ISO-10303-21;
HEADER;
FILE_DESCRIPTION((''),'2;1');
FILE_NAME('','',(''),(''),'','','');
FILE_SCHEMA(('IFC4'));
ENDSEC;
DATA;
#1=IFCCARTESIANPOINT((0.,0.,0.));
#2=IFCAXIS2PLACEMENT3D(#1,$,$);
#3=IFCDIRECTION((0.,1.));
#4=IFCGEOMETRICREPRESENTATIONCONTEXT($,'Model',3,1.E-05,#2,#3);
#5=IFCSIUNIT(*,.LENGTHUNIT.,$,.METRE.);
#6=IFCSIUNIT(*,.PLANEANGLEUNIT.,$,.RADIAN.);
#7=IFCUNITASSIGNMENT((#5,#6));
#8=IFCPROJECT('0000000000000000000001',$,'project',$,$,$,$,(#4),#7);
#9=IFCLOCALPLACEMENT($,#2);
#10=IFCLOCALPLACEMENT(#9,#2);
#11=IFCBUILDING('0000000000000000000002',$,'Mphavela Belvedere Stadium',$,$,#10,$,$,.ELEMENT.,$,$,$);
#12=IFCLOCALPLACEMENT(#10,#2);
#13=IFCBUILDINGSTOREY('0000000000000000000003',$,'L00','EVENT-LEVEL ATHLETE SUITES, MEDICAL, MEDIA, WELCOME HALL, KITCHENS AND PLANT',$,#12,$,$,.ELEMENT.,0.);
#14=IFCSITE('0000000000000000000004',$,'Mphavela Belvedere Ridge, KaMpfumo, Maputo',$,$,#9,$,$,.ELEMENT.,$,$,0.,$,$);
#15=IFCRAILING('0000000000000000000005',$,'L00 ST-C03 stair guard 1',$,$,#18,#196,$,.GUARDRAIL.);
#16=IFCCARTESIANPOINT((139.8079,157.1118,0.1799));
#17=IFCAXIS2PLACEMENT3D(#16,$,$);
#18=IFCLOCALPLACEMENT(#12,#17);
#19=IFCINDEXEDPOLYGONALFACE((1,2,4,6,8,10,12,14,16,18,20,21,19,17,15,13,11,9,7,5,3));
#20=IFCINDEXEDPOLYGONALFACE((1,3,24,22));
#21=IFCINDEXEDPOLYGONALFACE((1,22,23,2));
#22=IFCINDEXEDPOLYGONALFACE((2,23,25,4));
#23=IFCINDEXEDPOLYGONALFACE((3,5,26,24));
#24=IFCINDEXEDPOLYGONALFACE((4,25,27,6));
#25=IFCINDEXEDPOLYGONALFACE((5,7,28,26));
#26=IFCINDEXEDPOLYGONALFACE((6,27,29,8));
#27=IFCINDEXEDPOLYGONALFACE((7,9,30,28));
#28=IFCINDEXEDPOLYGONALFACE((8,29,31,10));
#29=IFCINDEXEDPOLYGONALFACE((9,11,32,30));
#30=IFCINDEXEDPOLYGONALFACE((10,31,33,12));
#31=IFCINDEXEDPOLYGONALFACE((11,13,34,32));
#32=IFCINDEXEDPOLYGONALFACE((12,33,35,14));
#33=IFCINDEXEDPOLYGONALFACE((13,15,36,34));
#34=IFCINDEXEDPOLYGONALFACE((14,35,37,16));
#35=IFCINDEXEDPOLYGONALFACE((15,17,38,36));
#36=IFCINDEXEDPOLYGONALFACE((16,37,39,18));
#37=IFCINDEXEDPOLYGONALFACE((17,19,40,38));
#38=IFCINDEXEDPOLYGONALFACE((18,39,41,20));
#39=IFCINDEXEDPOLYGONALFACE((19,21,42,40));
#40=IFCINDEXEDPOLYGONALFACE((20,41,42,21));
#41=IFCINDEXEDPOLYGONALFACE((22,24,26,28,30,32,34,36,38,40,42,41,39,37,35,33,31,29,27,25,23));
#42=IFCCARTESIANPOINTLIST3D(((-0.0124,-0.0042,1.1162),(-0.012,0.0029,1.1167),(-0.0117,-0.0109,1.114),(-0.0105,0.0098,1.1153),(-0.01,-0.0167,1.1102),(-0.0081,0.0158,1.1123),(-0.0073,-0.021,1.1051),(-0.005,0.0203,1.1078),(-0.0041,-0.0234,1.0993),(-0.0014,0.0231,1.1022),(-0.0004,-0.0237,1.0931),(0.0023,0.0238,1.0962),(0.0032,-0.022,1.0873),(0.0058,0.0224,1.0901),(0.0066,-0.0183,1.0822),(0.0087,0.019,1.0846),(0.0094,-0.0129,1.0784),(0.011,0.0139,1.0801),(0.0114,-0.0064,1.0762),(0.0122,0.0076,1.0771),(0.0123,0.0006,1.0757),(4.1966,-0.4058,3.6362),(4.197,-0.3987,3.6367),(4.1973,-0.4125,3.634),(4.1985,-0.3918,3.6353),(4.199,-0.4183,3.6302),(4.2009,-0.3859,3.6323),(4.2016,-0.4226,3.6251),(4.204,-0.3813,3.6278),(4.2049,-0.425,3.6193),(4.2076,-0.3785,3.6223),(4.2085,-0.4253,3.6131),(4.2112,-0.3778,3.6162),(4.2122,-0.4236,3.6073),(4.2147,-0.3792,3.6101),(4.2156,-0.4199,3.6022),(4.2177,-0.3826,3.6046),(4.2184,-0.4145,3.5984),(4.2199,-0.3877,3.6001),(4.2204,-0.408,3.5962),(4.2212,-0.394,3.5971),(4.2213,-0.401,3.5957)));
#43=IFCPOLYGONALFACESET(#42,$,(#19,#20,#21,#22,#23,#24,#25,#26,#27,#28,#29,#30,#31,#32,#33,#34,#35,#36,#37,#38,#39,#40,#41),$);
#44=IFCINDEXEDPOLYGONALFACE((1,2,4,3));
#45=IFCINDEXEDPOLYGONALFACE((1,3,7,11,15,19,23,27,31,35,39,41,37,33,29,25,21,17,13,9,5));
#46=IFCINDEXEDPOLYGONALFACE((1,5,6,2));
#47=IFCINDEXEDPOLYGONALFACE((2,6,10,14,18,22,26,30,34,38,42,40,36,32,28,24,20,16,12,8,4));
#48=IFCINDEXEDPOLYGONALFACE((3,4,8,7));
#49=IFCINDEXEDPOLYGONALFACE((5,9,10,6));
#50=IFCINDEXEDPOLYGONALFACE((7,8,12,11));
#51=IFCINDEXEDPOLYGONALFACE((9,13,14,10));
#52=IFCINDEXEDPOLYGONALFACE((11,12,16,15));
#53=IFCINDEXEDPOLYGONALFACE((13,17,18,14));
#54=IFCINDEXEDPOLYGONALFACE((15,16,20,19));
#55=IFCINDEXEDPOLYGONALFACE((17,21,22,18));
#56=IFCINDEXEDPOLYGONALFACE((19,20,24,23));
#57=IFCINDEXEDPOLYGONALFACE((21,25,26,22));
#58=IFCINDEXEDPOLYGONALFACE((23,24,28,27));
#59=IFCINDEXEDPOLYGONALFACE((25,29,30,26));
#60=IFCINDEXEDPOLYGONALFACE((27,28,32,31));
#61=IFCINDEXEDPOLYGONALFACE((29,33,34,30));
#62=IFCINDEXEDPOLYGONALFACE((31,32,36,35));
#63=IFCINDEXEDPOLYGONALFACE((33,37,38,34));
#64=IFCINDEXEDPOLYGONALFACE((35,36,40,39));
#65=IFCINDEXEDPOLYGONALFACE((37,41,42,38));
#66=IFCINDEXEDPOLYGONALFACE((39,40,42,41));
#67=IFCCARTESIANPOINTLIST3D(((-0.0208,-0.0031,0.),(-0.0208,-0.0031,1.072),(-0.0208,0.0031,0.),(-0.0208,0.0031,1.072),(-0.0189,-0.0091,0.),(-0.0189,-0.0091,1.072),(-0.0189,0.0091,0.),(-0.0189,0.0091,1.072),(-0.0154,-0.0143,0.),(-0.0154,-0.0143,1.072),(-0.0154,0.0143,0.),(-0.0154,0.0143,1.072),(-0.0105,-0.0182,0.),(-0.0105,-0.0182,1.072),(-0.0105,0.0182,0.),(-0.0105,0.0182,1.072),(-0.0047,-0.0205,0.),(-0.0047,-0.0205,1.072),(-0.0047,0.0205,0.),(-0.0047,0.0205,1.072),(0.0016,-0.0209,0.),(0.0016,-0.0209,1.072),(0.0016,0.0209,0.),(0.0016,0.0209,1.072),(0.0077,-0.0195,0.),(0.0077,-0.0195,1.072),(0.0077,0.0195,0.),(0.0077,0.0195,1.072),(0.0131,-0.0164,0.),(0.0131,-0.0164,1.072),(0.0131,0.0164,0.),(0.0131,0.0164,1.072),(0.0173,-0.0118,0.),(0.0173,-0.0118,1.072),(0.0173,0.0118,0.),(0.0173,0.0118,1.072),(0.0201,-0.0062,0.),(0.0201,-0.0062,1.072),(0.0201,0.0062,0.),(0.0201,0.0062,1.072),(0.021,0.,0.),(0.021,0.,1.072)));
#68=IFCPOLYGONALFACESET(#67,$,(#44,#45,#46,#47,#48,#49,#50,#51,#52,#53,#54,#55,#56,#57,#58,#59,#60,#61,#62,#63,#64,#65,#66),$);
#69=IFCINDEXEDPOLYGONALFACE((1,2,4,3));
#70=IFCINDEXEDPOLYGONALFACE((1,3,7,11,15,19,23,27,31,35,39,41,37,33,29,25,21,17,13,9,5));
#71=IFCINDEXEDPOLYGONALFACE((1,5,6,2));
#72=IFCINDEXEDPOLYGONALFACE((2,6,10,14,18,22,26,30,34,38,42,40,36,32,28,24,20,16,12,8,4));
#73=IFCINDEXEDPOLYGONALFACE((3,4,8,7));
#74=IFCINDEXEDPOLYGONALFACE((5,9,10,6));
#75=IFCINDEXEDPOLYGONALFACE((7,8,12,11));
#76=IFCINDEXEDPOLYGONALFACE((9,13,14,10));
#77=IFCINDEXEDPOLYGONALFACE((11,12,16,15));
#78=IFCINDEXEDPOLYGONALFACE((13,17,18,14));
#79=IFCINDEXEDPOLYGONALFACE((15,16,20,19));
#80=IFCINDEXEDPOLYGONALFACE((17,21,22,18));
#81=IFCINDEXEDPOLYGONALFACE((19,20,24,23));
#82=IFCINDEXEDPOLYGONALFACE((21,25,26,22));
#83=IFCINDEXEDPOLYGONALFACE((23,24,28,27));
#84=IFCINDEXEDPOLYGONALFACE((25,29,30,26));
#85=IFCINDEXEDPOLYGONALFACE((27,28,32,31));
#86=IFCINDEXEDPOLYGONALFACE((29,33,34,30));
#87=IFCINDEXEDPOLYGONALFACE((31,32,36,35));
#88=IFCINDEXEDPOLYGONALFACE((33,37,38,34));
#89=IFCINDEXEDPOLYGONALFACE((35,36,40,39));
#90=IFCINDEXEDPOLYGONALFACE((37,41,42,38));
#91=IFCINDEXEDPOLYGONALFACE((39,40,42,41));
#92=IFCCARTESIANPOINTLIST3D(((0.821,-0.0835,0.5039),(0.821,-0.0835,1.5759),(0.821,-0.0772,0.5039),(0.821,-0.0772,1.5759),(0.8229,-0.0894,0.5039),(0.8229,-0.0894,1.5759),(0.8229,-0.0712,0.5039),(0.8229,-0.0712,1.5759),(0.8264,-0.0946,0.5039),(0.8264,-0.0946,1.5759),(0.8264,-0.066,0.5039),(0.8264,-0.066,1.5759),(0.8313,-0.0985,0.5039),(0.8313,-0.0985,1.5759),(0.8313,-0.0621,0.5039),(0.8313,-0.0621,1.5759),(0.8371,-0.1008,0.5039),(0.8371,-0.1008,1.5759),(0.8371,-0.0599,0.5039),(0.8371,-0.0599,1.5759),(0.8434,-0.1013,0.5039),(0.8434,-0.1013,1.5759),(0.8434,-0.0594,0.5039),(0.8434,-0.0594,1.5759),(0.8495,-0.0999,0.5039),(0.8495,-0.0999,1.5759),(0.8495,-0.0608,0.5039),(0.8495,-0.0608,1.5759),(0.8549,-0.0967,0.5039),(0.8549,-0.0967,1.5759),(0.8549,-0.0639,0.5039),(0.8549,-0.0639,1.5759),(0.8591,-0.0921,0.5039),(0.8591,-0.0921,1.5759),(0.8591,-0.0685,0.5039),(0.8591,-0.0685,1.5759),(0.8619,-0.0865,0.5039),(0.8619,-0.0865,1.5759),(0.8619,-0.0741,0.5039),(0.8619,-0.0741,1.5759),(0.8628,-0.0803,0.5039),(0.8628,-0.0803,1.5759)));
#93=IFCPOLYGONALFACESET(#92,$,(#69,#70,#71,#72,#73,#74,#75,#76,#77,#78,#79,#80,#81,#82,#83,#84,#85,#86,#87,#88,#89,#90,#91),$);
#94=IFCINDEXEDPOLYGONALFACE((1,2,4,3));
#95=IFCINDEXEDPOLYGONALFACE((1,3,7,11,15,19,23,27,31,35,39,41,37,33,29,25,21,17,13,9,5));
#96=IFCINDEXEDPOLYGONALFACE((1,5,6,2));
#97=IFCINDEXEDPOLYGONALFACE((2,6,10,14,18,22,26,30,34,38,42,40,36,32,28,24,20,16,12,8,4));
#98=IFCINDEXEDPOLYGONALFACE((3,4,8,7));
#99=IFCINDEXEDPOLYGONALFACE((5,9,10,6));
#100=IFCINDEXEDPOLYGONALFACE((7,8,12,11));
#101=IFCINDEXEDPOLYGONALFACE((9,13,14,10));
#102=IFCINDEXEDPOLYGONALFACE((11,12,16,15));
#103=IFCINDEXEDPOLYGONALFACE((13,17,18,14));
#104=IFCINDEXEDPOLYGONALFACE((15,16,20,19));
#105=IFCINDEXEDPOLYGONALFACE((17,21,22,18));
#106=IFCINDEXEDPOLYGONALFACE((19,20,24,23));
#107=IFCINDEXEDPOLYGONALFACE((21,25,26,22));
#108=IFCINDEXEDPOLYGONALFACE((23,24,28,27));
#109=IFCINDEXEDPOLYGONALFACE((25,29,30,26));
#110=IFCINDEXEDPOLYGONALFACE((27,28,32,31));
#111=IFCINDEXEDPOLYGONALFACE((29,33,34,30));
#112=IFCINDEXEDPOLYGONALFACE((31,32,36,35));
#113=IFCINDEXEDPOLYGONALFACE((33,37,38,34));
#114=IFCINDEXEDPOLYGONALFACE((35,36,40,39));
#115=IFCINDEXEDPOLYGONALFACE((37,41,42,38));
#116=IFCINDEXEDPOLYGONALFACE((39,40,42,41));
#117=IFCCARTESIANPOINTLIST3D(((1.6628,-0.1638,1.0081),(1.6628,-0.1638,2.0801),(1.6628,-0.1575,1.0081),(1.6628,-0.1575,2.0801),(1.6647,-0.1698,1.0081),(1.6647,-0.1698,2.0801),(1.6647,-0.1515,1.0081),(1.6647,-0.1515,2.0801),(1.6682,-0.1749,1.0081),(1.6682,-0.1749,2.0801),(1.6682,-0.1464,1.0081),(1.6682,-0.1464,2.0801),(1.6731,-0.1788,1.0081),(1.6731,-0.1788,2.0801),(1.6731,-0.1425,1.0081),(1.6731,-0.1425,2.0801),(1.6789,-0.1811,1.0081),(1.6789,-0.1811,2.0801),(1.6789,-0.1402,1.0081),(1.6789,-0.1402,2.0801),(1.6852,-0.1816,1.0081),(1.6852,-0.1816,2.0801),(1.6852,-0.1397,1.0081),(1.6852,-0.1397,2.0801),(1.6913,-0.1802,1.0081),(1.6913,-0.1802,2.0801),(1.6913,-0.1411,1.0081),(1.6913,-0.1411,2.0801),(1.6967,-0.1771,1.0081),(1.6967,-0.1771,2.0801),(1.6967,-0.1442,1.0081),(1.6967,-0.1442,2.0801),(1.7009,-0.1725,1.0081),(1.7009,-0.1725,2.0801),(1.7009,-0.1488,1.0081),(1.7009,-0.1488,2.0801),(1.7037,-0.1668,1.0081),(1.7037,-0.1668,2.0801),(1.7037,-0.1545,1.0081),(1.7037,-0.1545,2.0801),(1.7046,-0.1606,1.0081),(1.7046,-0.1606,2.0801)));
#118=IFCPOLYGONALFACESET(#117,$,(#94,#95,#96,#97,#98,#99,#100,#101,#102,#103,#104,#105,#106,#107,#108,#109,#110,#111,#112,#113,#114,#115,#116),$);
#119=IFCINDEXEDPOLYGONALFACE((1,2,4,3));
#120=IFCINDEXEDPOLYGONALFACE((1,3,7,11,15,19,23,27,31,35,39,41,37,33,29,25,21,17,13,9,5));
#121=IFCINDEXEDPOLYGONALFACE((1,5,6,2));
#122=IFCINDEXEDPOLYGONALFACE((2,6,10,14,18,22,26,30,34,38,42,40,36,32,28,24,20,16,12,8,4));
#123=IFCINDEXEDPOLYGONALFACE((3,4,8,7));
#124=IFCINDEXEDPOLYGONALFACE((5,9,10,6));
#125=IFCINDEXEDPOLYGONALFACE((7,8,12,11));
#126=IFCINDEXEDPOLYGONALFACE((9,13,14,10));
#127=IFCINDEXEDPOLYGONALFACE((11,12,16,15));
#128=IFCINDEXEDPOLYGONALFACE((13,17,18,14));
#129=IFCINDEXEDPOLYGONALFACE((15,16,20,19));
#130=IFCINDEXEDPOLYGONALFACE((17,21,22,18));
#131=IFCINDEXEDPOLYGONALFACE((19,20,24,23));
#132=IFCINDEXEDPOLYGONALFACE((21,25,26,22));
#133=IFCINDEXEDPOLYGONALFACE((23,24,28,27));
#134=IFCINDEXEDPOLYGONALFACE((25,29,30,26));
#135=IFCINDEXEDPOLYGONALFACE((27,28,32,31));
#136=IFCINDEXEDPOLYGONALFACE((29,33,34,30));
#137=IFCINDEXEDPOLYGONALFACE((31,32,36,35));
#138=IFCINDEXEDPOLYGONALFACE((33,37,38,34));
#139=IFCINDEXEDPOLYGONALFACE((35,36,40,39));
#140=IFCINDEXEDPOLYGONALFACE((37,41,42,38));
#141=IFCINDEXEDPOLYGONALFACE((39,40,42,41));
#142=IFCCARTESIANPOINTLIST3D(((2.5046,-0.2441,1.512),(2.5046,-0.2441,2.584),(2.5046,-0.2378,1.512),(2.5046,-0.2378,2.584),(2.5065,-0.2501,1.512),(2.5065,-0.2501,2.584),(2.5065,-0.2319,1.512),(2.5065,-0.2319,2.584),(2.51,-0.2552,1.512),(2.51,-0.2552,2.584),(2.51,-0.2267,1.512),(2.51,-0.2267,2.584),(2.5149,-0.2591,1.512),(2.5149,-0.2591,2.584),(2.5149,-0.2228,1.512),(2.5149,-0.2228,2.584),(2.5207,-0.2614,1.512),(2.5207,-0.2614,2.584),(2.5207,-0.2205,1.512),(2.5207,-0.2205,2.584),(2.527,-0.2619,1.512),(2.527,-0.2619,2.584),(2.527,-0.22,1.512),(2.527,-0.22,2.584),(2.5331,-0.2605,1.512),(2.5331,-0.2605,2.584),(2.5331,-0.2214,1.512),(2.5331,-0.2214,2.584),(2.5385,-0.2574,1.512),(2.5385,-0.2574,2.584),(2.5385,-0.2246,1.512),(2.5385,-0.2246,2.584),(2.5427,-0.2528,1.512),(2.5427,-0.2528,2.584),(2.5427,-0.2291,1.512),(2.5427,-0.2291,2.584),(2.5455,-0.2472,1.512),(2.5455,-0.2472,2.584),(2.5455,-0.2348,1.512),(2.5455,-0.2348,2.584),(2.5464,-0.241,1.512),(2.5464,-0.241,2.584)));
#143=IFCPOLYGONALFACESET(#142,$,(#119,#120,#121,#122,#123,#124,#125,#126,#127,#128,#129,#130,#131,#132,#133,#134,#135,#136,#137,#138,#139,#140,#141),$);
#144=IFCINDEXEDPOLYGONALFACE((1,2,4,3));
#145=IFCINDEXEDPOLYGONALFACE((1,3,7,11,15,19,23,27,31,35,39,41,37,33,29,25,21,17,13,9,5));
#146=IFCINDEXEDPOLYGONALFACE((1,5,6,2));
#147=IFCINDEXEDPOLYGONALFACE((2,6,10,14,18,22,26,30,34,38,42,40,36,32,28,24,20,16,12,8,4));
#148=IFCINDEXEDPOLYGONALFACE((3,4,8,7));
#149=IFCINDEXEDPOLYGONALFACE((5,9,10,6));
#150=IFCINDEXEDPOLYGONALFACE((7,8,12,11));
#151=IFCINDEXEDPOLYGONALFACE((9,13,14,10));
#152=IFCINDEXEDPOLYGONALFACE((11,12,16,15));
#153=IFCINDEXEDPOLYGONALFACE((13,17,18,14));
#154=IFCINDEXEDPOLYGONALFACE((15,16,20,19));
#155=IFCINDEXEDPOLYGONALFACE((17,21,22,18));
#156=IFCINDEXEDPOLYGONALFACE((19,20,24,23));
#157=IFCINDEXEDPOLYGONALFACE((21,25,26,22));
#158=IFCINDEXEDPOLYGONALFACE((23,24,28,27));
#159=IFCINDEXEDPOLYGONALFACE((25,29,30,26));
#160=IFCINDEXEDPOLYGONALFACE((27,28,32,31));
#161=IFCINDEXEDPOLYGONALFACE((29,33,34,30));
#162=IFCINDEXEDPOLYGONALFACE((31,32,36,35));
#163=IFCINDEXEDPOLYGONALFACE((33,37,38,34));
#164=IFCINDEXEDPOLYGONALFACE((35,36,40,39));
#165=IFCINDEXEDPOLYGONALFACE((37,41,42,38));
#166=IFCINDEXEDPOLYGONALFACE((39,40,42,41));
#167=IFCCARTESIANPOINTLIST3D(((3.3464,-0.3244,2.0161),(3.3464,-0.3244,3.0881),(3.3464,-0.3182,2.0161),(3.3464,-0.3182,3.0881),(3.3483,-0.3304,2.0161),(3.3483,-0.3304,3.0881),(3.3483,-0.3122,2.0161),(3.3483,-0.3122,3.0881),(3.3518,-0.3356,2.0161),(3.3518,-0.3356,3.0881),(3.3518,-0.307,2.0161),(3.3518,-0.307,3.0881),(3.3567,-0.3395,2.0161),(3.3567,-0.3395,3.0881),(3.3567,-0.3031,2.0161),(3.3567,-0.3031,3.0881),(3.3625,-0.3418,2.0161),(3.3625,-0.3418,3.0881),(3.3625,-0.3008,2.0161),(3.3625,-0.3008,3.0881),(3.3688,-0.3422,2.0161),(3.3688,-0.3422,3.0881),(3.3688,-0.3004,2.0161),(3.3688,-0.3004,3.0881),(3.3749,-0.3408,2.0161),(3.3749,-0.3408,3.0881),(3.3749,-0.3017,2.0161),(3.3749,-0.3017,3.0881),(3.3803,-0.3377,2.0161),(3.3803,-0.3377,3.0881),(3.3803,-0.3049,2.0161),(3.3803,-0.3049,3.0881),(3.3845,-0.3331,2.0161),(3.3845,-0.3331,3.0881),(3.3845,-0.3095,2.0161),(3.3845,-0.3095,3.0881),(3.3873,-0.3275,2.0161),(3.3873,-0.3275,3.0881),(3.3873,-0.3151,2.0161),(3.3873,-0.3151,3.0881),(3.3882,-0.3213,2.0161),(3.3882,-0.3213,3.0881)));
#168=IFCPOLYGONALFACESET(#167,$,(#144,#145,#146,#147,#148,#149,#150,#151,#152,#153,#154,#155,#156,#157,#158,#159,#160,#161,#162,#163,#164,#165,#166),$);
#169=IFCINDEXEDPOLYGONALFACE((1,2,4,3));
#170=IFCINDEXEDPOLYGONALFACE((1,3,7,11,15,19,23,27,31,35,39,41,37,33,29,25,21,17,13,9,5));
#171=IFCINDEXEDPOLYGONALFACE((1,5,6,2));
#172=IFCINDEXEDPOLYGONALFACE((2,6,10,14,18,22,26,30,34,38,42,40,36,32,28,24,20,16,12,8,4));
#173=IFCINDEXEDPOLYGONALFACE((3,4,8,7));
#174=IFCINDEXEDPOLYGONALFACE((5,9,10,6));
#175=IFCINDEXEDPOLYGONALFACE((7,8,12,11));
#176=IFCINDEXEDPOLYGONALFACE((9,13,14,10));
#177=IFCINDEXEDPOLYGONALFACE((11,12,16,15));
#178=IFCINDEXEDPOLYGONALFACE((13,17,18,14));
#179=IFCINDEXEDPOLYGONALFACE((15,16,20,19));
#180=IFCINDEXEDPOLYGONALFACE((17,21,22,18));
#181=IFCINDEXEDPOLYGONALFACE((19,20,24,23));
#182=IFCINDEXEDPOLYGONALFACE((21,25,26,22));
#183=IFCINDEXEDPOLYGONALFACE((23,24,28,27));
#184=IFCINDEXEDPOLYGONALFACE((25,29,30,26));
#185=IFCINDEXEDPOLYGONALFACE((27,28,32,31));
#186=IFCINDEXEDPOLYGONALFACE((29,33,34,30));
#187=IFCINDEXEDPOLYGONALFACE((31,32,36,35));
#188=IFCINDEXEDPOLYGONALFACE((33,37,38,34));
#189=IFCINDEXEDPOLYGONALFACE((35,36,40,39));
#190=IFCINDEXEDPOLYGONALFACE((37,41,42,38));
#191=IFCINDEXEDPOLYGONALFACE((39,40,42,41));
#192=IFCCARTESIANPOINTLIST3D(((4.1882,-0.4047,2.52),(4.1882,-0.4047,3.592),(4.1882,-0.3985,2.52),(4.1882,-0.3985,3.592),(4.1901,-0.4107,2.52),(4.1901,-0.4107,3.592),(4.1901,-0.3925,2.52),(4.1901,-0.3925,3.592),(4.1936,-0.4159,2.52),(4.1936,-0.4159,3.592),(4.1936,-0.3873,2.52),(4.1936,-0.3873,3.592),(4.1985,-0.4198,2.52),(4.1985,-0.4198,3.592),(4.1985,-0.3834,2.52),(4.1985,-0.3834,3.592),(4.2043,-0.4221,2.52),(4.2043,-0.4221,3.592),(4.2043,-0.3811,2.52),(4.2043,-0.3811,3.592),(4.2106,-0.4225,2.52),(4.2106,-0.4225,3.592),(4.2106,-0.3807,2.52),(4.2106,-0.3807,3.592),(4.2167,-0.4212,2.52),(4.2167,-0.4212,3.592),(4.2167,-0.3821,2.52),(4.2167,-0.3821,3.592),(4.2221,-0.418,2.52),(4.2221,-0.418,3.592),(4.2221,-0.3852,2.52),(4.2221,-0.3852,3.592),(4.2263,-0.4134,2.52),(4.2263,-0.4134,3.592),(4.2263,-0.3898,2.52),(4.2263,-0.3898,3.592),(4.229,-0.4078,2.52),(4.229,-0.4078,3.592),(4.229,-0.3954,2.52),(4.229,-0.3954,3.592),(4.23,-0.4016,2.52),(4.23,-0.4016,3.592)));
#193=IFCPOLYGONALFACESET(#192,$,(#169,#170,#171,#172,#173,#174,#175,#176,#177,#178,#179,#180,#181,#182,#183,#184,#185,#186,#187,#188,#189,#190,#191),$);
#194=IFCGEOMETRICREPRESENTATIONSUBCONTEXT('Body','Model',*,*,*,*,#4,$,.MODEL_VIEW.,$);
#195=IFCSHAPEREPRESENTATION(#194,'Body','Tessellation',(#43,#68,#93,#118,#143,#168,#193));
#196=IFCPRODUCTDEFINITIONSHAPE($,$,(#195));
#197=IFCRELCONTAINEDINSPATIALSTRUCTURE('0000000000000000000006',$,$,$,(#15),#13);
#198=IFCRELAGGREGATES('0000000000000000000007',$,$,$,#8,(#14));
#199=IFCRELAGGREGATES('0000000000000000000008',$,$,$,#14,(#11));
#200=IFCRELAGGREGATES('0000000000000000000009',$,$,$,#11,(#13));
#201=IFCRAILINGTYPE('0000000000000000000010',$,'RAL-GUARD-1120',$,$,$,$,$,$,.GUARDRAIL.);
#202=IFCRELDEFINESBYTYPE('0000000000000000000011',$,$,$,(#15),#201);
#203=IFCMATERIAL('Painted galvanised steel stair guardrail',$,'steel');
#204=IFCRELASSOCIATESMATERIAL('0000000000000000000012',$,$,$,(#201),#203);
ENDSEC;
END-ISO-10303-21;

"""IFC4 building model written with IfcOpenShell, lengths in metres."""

from ifc_helpers import new_model, si_unit, direction, frame, origin, origin_2d, place, context, subcontext, project, spatial, circle, extrude, material, type_object, element, save


model = new_model("IFC4")

# Units and contexts
model_context = context("Model", 3, precision=1e-05, world=origin(), true_north=direction((0.0, 1.0)))
body_context = subcontext(model_context, "Body", "Model", "MODEL_VIEW")
ifc_project = project(units=[si_unit("LENGTHUNIT", "METRE"), si_unit("PLANEANGLEUNIT", "RADIAN")], contexts=[model_context])

# Site, building, storey
site_placement = place(None, origin())
site = spatial("IfcSite", under=ifc_project, at=site_placement, Name="Mphavela Belvedere Ridge, KaMpfumo, Maputo", CompositionType="ELEMENT", RefElevation=0.0)
building_placement = place(site_placement, origin())
building = spatial("IfcBuilding", under=site, at=building_placement, Name="Mphavela Belvedere Stadium", CompositionType="ELEMENT")
storey_placement = place(building_placement, origin())
storey = spatial("IfcBuildingStorey", under=building, at=storey_placement, Name="L00", Description="EVENT-LEVEL ATHLETE SUITES, MEDICAL, MEDIA, WELCOME HALL, KITCHENS AND PLANT", CompositionType="ELEMENT", Elevation=0.0)

# Railing
ifc_material_1 = material(Name="Painted galvanised steel stair guardrail", Category="steel")
railing_type_1 = type_object("IfcRailingType", Name="RAL-GUARD-1120", PredefinedType="GUARDRAIL", material=ifc_material_1)
railing_1_placement = place(storey_placement, frame((139.8079, 157.1118, 0.1799)))
element("IfcRailing", 1, at=railing_1_placement, inside=storey, type_object=railing_type_1, Name="L00 ST-C03 stair guard 1", PredefinedType="GUARDRAIL", context=body_context, shape_type="SweptSolid", body=[
    extrude(circle(Radius=0.0239, at=origin_2d()), frame((0.0, 0.0, 1.0962), z_axis=(0.855115, -0.081593, 0.511978), x_axis=(0.094986, 0.995479, 0.0)), (0.0, 0.0, 1.0), 4.9221),
    extrude(circle(Radius=0.021, at=origin_2d()), origin(), (0.0, 0.0, 1.0), 1.072),
    extrude(circle(Radius=0.021, at=origin_2d()), frame((0.8418, -0.0803, 0.5039)), (0.0, 0.0, 1.0), 1.072),
    extrude(circle(Radius=0.021, at=origin_2d()), frame((1.6836, -0.1606, 1.0081)), (0.0, 0.0, 1.0), 1.072),
    extrude(circle(Radius=0.021, at=origin_2d()), frame((2.5254, -0.241, 1.512)), (0.0, 0.0, 1.0), 1.072),
    extrude(circle(Radius=0.021, at=origin_2d()), frame((3.3672, -0.3213, 2.0161)), (0.0, 0.0, 1.0), 1.072),
    extrude(circle(Radius=0.021, at=origin_2d()), frame((4.209, -0.4016, 2.52)), (0.0, 0.0, 1.0), 1.072),
])

save(model, "model.ifc")
